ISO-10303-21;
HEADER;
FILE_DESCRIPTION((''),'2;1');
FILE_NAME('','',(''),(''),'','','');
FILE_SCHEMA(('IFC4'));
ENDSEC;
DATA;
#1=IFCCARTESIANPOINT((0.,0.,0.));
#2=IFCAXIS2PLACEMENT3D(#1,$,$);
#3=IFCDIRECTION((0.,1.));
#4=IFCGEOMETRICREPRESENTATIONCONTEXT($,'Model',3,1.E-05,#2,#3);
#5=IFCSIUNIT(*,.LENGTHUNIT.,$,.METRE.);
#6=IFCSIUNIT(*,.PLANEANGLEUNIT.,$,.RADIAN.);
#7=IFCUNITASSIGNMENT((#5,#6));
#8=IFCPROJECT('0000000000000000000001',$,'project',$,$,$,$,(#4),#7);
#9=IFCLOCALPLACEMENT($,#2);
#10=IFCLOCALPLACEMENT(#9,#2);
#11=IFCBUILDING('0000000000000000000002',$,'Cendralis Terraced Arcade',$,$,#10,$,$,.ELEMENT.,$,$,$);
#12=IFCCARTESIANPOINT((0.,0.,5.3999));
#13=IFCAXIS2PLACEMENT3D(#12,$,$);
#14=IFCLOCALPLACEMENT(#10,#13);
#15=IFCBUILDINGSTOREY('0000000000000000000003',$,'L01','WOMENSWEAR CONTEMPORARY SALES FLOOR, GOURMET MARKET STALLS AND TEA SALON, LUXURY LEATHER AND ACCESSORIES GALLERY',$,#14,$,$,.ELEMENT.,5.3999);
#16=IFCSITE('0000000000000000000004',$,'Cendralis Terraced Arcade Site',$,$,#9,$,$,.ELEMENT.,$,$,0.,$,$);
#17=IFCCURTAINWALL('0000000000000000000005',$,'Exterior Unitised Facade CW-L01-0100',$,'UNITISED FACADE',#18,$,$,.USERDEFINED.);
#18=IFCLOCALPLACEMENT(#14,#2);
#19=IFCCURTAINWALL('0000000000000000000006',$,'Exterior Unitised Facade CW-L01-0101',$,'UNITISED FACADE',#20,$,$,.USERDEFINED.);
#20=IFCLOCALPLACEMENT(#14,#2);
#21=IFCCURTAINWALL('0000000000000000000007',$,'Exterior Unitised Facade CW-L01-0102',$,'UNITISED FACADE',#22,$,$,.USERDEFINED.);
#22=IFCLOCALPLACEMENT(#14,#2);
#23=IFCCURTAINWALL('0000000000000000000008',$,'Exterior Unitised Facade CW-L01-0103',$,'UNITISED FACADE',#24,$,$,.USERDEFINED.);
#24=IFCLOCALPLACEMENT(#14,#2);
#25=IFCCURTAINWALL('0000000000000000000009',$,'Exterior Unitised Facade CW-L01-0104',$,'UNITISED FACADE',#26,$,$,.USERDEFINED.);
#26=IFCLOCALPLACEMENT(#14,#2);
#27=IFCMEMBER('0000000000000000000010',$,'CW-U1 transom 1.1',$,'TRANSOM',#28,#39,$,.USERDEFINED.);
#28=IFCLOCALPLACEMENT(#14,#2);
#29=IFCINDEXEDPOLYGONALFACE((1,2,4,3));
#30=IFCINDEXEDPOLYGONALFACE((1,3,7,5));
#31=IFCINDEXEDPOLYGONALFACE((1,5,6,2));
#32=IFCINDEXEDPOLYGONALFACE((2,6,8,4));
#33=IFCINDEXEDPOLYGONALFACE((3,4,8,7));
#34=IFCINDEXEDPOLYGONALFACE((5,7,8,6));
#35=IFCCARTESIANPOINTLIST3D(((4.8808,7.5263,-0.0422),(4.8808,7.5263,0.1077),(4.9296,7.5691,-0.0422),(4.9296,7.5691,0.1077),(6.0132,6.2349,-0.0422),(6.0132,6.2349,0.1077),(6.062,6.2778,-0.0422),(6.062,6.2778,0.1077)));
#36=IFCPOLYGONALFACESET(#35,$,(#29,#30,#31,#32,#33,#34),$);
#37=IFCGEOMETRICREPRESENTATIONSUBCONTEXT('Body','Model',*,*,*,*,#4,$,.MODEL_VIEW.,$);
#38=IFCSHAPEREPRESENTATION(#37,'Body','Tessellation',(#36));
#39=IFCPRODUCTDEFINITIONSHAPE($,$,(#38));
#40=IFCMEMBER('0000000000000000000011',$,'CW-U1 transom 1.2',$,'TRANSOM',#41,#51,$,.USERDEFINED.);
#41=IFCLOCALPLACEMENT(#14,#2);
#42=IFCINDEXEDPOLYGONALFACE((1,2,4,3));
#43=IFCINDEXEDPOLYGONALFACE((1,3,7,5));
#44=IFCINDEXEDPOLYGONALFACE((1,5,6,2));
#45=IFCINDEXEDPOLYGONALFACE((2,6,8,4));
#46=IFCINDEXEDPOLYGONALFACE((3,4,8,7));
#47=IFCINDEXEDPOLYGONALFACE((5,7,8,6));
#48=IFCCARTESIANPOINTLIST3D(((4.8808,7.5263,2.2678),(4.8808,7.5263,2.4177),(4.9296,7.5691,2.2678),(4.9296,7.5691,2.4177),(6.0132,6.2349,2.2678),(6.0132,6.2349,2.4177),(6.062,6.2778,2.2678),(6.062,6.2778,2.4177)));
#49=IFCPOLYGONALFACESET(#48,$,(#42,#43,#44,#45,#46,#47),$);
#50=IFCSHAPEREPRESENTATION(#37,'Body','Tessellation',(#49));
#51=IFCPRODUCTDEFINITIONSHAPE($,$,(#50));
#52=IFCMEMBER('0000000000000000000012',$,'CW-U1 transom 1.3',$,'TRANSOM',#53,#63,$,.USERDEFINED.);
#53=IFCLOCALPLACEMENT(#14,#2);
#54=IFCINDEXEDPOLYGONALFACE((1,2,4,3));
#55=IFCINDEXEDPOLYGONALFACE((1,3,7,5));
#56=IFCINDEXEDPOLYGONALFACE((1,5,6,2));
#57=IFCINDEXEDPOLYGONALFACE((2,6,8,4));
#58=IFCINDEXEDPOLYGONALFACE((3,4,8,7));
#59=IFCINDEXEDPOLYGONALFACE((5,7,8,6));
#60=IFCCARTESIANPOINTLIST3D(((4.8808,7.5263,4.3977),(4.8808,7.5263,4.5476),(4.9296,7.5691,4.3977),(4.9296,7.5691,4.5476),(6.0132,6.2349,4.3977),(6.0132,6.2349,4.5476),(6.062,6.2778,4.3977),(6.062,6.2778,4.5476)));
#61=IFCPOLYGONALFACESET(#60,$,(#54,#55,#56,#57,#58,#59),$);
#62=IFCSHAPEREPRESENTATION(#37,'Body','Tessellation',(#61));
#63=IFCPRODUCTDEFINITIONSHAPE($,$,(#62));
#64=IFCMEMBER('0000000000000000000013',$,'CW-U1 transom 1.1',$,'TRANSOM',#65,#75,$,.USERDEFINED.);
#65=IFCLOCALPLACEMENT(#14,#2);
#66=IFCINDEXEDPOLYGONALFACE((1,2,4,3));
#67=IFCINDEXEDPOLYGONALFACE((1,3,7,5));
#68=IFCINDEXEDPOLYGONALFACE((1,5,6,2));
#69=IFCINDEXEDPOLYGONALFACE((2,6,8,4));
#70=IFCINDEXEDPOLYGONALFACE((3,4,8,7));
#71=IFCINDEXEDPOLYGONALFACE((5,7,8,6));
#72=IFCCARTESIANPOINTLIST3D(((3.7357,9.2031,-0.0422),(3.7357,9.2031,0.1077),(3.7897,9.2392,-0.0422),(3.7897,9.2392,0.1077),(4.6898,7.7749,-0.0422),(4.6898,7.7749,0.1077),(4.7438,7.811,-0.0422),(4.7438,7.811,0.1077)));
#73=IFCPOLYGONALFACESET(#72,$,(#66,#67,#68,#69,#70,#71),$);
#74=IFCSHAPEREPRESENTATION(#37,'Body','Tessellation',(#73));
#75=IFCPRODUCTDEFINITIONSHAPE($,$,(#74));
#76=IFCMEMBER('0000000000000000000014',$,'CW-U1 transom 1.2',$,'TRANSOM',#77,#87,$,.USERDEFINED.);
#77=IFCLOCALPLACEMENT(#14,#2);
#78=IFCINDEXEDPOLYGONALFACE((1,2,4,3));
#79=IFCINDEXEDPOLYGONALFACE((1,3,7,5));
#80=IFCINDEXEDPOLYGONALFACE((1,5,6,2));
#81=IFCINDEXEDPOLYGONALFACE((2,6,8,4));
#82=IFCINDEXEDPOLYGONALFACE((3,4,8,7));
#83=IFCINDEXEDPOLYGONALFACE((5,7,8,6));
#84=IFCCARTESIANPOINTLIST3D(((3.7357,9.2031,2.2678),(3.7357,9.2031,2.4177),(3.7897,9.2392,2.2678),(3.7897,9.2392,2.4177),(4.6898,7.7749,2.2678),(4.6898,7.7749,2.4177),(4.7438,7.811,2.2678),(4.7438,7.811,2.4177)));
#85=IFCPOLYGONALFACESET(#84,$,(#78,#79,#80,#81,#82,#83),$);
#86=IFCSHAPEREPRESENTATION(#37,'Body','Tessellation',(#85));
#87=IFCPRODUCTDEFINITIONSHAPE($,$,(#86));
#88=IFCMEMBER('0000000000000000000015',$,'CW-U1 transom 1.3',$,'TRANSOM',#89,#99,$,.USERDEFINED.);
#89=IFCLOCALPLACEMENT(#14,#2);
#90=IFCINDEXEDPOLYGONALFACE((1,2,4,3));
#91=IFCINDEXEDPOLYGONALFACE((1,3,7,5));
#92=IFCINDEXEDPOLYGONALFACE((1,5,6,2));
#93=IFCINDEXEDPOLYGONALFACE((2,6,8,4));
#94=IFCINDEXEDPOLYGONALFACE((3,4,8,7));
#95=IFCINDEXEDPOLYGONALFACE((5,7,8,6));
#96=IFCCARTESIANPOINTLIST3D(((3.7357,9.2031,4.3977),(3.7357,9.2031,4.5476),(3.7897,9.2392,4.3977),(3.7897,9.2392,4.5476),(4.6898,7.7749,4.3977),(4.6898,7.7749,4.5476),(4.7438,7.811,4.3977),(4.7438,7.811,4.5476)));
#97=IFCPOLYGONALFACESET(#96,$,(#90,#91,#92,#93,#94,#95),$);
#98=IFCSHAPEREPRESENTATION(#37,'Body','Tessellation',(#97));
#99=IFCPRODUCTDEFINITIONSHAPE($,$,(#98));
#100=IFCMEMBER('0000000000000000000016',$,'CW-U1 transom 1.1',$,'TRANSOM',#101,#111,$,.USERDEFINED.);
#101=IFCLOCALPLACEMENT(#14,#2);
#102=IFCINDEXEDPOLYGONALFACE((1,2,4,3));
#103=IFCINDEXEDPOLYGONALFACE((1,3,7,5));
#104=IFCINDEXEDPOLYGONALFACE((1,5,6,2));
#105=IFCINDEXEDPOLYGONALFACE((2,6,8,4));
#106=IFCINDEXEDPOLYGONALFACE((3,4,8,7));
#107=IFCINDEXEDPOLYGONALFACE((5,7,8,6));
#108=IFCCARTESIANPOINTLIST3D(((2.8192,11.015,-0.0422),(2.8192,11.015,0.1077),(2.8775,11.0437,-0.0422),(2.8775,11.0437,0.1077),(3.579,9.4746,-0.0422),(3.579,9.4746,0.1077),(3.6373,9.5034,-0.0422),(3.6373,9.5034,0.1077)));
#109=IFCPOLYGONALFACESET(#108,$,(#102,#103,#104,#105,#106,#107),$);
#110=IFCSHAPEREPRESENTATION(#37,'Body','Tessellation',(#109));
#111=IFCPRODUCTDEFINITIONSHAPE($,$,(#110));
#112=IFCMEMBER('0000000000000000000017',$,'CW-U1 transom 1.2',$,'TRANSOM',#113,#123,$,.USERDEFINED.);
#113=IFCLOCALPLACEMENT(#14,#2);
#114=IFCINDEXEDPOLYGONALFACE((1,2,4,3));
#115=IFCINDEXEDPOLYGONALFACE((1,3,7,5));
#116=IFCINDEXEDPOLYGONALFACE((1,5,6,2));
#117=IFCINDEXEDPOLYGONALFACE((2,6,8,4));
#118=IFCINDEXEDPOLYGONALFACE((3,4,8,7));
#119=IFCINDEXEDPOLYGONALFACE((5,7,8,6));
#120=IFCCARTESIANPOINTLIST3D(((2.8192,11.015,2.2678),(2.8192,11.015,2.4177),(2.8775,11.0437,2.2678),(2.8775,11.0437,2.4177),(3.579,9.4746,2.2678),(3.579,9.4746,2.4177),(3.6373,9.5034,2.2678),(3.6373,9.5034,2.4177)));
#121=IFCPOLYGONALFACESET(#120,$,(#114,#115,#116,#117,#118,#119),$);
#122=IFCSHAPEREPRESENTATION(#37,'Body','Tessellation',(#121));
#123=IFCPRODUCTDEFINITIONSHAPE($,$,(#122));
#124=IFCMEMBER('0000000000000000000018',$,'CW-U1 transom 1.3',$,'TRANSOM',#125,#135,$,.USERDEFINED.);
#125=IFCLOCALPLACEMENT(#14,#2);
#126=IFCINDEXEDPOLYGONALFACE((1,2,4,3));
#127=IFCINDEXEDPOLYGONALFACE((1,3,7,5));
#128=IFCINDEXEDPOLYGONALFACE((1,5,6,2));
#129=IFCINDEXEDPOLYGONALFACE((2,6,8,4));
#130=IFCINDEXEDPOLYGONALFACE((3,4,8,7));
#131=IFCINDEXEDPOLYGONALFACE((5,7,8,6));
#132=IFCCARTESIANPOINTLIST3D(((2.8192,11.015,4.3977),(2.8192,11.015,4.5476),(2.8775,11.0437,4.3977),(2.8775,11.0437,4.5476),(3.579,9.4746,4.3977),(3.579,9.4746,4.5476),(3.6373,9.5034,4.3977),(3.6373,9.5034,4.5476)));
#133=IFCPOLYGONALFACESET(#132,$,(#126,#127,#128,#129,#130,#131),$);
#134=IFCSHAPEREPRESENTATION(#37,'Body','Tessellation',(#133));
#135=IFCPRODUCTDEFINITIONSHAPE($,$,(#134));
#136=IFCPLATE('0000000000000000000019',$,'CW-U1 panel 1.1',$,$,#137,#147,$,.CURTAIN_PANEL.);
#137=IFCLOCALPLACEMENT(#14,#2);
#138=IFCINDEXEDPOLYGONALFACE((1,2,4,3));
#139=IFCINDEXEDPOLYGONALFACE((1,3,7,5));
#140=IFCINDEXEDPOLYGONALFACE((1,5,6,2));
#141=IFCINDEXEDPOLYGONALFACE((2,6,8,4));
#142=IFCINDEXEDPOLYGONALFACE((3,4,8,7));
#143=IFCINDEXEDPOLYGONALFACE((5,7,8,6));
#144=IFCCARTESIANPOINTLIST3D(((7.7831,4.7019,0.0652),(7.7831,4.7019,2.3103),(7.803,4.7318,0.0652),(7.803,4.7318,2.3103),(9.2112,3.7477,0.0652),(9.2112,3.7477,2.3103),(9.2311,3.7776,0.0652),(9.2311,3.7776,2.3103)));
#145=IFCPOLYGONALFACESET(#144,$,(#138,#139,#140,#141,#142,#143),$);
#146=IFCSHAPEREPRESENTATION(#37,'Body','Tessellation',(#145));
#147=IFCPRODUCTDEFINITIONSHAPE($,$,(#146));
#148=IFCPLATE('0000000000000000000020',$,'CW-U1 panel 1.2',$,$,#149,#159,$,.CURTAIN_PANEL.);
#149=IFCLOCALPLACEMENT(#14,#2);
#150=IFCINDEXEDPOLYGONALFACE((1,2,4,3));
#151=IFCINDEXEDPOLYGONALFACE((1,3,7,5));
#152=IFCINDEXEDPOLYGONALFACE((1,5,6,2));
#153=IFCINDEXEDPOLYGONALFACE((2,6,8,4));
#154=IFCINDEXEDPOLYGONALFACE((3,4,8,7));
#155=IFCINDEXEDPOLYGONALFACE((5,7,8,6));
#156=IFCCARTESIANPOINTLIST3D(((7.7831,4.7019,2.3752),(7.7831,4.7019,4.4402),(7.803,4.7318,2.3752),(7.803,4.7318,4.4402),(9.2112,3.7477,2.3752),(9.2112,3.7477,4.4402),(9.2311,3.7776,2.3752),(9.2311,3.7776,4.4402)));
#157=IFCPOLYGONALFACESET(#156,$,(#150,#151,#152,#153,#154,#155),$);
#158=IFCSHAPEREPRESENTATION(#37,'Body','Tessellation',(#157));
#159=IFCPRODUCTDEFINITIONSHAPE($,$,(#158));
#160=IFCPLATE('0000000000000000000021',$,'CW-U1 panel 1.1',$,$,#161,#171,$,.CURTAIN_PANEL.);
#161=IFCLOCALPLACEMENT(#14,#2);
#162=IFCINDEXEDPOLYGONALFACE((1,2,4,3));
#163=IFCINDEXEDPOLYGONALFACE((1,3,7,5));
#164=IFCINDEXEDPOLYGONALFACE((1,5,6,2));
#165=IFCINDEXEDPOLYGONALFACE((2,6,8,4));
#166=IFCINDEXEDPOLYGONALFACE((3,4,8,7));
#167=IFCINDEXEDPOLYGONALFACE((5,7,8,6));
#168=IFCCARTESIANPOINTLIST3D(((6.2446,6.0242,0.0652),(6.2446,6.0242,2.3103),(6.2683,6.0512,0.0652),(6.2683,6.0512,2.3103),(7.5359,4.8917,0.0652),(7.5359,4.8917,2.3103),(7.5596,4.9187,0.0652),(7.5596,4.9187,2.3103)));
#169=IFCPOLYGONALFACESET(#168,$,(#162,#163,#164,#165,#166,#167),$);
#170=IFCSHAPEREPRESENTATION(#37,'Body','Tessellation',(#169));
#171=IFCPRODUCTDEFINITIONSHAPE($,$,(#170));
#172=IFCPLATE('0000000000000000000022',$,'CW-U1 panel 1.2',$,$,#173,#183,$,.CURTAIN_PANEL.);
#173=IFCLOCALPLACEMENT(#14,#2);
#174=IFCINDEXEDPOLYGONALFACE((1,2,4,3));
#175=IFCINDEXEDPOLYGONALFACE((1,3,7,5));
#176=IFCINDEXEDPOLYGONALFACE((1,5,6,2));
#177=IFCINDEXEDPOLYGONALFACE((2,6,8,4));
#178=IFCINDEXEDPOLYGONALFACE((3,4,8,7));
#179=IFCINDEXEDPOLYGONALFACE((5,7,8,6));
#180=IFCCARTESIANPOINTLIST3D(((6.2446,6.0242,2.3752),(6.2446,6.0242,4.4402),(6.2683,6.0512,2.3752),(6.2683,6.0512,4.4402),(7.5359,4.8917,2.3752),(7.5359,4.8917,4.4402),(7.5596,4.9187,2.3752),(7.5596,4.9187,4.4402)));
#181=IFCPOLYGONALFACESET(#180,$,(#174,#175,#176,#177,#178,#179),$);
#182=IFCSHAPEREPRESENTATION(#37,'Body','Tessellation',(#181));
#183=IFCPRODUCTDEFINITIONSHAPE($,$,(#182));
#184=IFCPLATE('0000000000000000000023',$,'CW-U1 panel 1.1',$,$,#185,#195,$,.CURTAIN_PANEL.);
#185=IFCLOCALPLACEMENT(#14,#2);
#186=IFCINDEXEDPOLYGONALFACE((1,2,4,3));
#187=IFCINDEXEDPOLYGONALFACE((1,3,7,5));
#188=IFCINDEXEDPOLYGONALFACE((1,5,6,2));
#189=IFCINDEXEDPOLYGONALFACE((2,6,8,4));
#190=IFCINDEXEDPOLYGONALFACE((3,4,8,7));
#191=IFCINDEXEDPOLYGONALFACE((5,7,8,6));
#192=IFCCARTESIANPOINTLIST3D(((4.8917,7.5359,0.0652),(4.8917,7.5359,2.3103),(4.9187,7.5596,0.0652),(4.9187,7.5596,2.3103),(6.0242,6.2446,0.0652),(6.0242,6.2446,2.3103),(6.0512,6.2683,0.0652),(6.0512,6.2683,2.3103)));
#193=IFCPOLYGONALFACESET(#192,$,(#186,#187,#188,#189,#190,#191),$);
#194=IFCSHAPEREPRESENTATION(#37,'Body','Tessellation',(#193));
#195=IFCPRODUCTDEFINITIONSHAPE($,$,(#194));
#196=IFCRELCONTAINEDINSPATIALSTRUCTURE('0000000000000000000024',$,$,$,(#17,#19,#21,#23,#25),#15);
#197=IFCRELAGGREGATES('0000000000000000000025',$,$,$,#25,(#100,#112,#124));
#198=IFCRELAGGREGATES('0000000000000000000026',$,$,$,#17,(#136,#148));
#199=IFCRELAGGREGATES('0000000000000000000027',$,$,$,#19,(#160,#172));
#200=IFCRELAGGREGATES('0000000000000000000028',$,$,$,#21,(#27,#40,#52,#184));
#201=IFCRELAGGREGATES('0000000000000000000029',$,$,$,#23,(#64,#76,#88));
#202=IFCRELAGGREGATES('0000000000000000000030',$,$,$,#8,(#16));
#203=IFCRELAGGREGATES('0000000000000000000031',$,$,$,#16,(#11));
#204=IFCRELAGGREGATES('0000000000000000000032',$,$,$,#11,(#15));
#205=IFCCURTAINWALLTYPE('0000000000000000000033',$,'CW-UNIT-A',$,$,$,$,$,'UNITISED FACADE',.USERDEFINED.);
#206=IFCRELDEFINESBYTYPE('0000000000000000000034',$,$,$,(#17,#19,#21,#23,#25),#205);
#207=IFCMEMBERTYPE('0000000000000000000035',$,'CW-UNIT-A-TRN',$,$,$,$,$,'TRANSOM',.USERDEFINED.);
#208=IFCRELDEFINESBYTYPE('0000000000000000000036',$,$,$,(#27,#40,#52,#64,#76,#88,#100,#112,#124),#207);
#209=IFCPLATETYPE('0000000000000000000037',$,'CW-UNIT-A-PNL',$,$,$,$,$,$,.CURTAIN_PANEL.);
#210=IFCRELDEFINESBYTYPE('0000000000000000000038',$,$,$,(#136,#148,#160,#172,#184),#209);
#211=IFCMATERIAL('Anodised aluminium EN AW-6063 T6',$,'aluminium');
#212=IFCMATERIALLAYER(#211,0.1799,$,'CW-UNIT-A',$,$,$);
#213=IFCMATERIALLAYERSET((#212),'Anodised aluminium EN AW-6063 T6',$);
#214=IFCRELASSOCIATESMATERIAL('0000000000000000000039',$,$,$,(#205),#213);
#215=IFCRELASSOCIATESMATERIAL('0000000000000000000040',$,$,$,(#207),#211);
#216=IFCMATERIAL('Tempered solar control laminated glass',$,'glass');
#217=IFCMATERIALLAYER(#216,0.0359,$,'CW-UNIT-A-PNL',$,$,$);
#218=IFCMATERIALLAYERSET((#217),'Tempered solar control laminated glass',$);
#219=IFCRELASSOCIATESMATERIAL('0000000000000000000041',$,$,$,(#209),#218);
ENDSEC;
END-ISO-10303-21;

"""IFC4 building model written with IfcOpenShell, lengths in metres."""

from ifc_helpers import new_model, si_unit, direction, frame, origin, origin_2d, place, context, subcontext, project, spatial, rectangle, extrude, material, layer, layer_set, material_profile, profile_set, type_object, element, aggregate, save


model = new_model("IFC4")

# Units and contexts
model_context = context("Model", 3, precision=1e-05, world=origin(), true_north=direction((0.0, 1.0)))
body_context = subcontext(model_context, "Body", "Model", "MODEL_VIEW")
ifc_project = project(units=[si_unit("LENGTHUNIT", "METRE"), si_unit("PLANEANGLEUNIT", "RADIAN")], contexts=[model_context])

# Site, building, storey
site_placement = place(None, origin())
site = spatial("IfcSite", under=ifc_project, at=site_placement, Name="Cendralis Terraced Arcade Site", CompositionType="ELEMENT", RefElevation=0.0)
building_placement = place(site_placement, origin())
building = spatial("IfcBuilding", under=site, at=building_placement, Name="Cendralis Terraced Arcade", CompositionType="ELEMENT")
storey_placement = place(building_placement, frame((0.0, 0.0, 5.3999)))
storey = spatial("IfcBuildingStorey", under=building, at=storey_placement, Name="L01", Description="WOMENSWEAR CONTEMPORARY SALES FLOOR, GOURMET MARKET STALLS AND TEA SALON, LUXURY LEATHER AND ACCESSORIES GALLERY", CompositionType="ELEMENT", Elevation=5.3999)

# Curtain walls
ifc_material_1 = material(Name="Anodised aluminium EN AW-6063 T6", Category="aluminium")
ifc_layer_1 = layer(ifc_material_1, 0.1799, Name="CW-UNIT-A")
ifc_layer_set_1 = layer_set([ifc_layer_1], Name="Anodised aluminium EN AW-6063 T6")
curtain_wall_type = type_object("IfcCurtainWallType", Name="CW-UNIT-A", ElementType="UNITISED FACADE", PredefinedType="USERDEFINED", material=ifc_layer_set_1)
curtain_wall_1_placement = place(storey_placement, origin())
curtain_wall_1 = element("IfcCurtainWall", 1, at=curtain_wall_1_placement, inside=storey, type_object=curtain_wall_type, Name="Exterior Unitised Facade CW-L01-0100", ObjectType="UNITISED FACADE", PredefinedType="USERDEFINED")
curtain_wall_2_placement = place(storey_placement, origin())
curtain_wall_2 = element("IfcCurtainWall", 2, at=curtain_wall_2_placement, inside=storey, type_object=curtain_wall_type, Name="Exterior Unitised Facade CW-L01-0101", ObjectType="UNITISED FACADE", PredefinedType="USERDEFINED")
curtain_wall_3_placement = place(storey_placement, origin())
curtain_wall_3 = element("IfcCurtainWall", 3, at=curtain_wall_3_placement, inside=storey, type_object=curtain_wall_type, Name="Exterior Unitised Facade CW-L01-0102", ObjectType="UNITISED FACADE", PredefinedType="USERDEFINED")
curtain_wall_4_placement = place(storey_placement, origin())
curtain_wall_4 = element("IfcCurtainWall", 4, at=curtain_wall_4_placement, inside=storey, type_object=curtain_wall_type, Name="Exterior Unitised Facade CW-L01-0103", ObjectType="UNITISED FACADE", PredefinedType="USERDEFINED")

# Curtain wall
curtain_wall_5_placement = place(storey_placement, origin())
curtain_wall_5 = element("IfcCurtainWall", 5, at=curtain_wall_5_placement, inside=storey, type_object=curtain_wall_type, Name="Exterior Unitised Facade CW-L01-0104", ObjectType="UNITISED FACADE", PredefinedType="USERDEFINED")

# Members
ifc_material_profile_1 = material_profile(ifc_material_1, rectangle(XDim=0.0649, YDim=0.1499, at=origin_2d()), Name="ALU-TRN-65x150")
ifc_profile_set_1 = profile_set([ifc_material_profile_1], Name="Anodised aluminium EN AW-6063 T6")
member_type_1 = type_object("IfcMemberType", Name="CW-UNIT-A-TRN", ElementType="TRANSOM", PredefinedType="USERDEFINED", material=ifc_profile_set_1)
member_1_placement = place(storey_placement, frame((6.0376, 6.2563, 0.0327), z_axis=(-0.659319, 0.751863, 0.0), x_axis=(-0.751863, -0.659319, 0.0)))
member_1 = element("IfcMember", 6, at=member_1_placement, type_object=member_type_1, Name="CW-U1 transom 1.1", ObjectType="TRANSOM", PredefinedType="USERDEFINED", context=body_context, shape_type="SweptSolid", body=[
    extrude(rectangle(XDim=0.0649, YDim=0.1499, at=origin_2d()), origin(), (0.0, 0.0, 1.0), 1.7175),
])
member_2_placement = place(storey_placement, frame((6.0376, 6.2563, 2.3428), z_axis=(-0.659319, 0.751863, 0.0), x_axis=(-0.751863, -0.659319, 0.0)))
member_2 = element("IfcMember", 7, at=member_2_placement, type_object=member_type_1, Name="CW-U1 transom 1.2", ObjectType="TRANSOM", PredefinedType="USERDEFINED", context=body_context, shape_type="SweptSolid", body=[
    extrude(rectangle(XDim=0.0649, YDim=0.1499, at=origin_2d()), origin(), (0.0, 0.0, 1.0), 1.7175),
])
member_3_placement = place(storey_placement, frame((6.0376, 6.2563, 4.4727), z_axis=(-0.659319, 0.751863, 0.0), x_axis=(-0.751863, -0.659319, 0.0)))
member_3 = element("IfcMember", 8, at=member_3_placement, type_object=member_type_1, Name="CW-U1 transom 1.3", ObjectType="TRANSOM", PredefinedType="USERDEFINED", context=body_context, shape_type="SweptSolid", body=[
    extrude(rectangle(XDim=0.0649, YDim=0.1499, at=origin_2d()), origin(), (0.0, 0.0, 1.0), 1.7175),
])
member_4_placement = place(storey_placement, frame((4.7168, 7.793, 0.0327), z_axis=(-0.555487, 0.831525, 0.0), x_axis=(-0.831525, -0.555487, 0.0)))
member_4 = element("IfcMember", 9, at=member_4_placement, type_object=member_type_1, Name="CW-U1 transom 1.1", ObjectType="TRANSOM", PredefinedType="USERDEFINED", context=body_context, shape_type="SweptSolid", body=[
    extrude(rectangle(XDim=0.0649, YDim=0.1499, at=origin_2d()), origin(), (0.0, 0.0, 1.0), 1.7175),
])
member_5_placement = place(storey_placement, frame((4.7168, 7.793, 2.3428), z_axis=(-0.555487, 0.831525, 0.0), x_axis=(-0.831525, -0.555487, 0.0)))
member_5 = element("IfcMember", 10, at=member_5_placement, type_object=member_type_1, Name="CW-U1 transom 1.2", ObjectType="TRANSOM", PredefinedType="USERDEFINED", context=body_context, shape_type="SweptSolid", body=[
    extrude(rectangle(XDim=0.0649, YDim=0.1499, at=origin_2d()), origin(), (0.0, 0.0, 1.0), 1.7175),
])
member_6_placement = place(storey_placement, frame((4.7168, 7.793, 4.4727), z_axis=(-0.555487, 0.831525, 0.0), x_axis=(-0.831525, -0.555487, 0.0)))
member_6 = element("IfcMember", 11, at=member_6_placement, type_object=member_type_1, Name="CW-U1 transom 1.3", ObjectType="TRANSOM", PredefinedType="USERDEFINED", context=body_context, shape_type="SweptSolid", body=[
    extrude(rectangle(XDim=0.0649, YDim=0.1499, at=origin_2d()), origin(), (0.0, 0.0, 1.0), 1.7175),
])
member_7_placement = place(storey_placement, frame((3.6082, 9.489, 0.0327), z_axis=(-0.442374, 0.896831, 0.0), x_axis=(-0.896831, -0.442374, 0.0)))
member_7 = element("IfcMember", 12, at=member_7_placement, type_object=member_type_1, Name="CW-U1 transom 1.1", ObjectType="TRANSOM", PredefinedType="USERDEFINED", context=body_context, shape_type="SweptSolid", body=[
    extrude(rectangle(XDim=0.0649, YDim=0.1499, at=origin_2d()), origin(), (0.0, 0.0, 1.0), 1.7175),
])
member_8_placement = place(storey_placement, frame((3.6082, 9.489, 2.3428), z_axis=(-0.442374, 0.896831, 0.0), x_axis=(-0.896831, -0.442374, 0.0)))
member_8 = element("IfcMember", 13, at=member_8_placement, type_object=member_type_1, Name="CW-U1 transom 1.2", ObjectType="TRANSOM", PredefinedType="USERDEFINED", context=body_context, shape_type="SweptSolid", body=[
    extrude(rectangle(XDim=0.0649, YDim=0.1499, at=origin_2d()), origin(), (0.0, 0.0, 1.0), 1.7175),
])
member_9_placement = place(storey_placement, frame((3.6082, 9.489, 4.4727), z_axis=(-0.442374, 0.896831, 0.0), x_axis=(-0.896831, -0.442374, 0.0)))
member_9 = element("IfcMember", 14, at=member_9_placement, type_object=member_type_1, Name="CW-U1 transom 1.3", ObjectType="TRANSOM", PredefinedType="USERDEFINED", context=body_context, shape_type="SweptSolid", body=[
    extrude(rectangle(XDim=0.0649, YDim=0.1499, at=origin_2d()), origin(), (0.0, 0.0, 1.0), 1.7175),
])
aggregate(curtain_wall_5, [member_7, member_8, member_9])

# Plates
ifc_material_2 = material(Name="Tempered solar control laminated glass", Category="glass")
ifc_layer_2 = layer(ifc_material_2, 0.0359, Name="CW-UNIT-A-PNL")
ifc_layer_set_2 = layer_set([ifc_layer_2], Name="Tempered solar control laminated glass")
plate_type = type_object("IfcPlateType", Name="CW-UNIT-A-PNL", PredefinedType="CURTAIN_PANEL", material=ifc_layer_set_2)
plate_1_placement = place(storey_placement, frame((8.5071, 4.2397, 0.0652), z_axis=(0.0, 0.0, 1.0), x_axis=(-0.831484, 0.555549, 0.0)))
plate_1 = element("IfcPlate", 15, at=plate_1_placement, type_object=plate_type, Name="CW-U1 panel 1.1", PredefinedType="CURTAIN_PANEL", context=body_context, shape_type="SweptSolid", body=[
    extrude(rectangle(XDim=1.7175, YDim=0.0359, at=origin_2d()), origin(), (0.0, 0.0, 1.0), 2.2451),
])
plate_2_placement = place(storey_placement, frame((8.5071, 4.2397, 2.3752), z_axis=(0.0, 0.0, 1.0), x_axis=(-0.831484, 0.555549, 0.0)))
plate_2 = element("IfcPlate", 16, at=plate_2_placement, type_object=plate_type, Name="CW-U1 panel 1.2", PredefinedType="CURTAIN_PANEL", context=body_context, shape_type="SweptSolid", body=[
    extrude(rectangle(XDim=1.7175, YDim=0.0359, at=origin_2d()), origin(), (0.0, 0.0, 1.0), 2.0649),
])
aggregate(curtain_wall_1, [plate_1, plate_2])
plate_3_placement = place(storey_placement, frame((6.9021, 5.4714, 0.0652), z_axis=(0.0, 0.0, 1.0), x_axis=(-0.751818, 0.65937, 0.0)))
plate_3 = element("IfcPlate", 17, at=plate_3_placement, type_object=plate_type, Name="CW-U1 panel 1.1", PredefinedType="CURTAIN_PANEL", context=body_context, shape_type="SweptSolid", body=[
    extrude(rectangle(XDim=1.7175, YDim=0.0359, at=origin_2d()), origin(), (0.0, 0.0, 1.0), 2.2451),
])
plate_4_placement = place(storey_placement, frame((6.9021, 5.4714, 2.3752), z_axis=(0.0, 0.0, 1.0), x_axis=(-0.751818, 0.65937, 0.0)))
plate_4 = element("IfcPlate", 18, at=plate_4_placement, type_object=plate_type, Name="CW-U1 panel 1.2", PredefinedType="CURTAIN_PANEL", context=body_context, shape_type="SweptSolid", body=[
    extrude(rectangle(XDim=1.7175, YDim=0.0359, at=origin_2d()), origin(), (0.0, 0.0, 1.0), 2.0649),
])
aggregate(curtain_wall_2, [plate_3, plate_4])
plate_5_placement = place(storey_placement, frame((5.4714, 6.9021, 0.0652), z_axis=(0.0, 0.0, 1.0), x_axis=(-0.65937, 0.751818, 0.0)))
plate_5 = element("IfcPlate", 19, at=plate_5_placement, type_object=plate_type, Name="CW-U1 panel 1.1", PredefinedType="CURTAIN_PANEL", context=body_context, shape_type="SweptSolid", body=[
    extrude(rectangle(XDim=1.7175, YDim=0.0359, at=origin_2d()), origin(), (0.0, 0.0, 1.0), 2.2451),
])
aggregate(curtain_wall_3, [member_1, member_2, member_3, plate_5])
aggregate(curtain_wall_4, [member_4, member_5, member_6])

save(model, "model.ifc")
